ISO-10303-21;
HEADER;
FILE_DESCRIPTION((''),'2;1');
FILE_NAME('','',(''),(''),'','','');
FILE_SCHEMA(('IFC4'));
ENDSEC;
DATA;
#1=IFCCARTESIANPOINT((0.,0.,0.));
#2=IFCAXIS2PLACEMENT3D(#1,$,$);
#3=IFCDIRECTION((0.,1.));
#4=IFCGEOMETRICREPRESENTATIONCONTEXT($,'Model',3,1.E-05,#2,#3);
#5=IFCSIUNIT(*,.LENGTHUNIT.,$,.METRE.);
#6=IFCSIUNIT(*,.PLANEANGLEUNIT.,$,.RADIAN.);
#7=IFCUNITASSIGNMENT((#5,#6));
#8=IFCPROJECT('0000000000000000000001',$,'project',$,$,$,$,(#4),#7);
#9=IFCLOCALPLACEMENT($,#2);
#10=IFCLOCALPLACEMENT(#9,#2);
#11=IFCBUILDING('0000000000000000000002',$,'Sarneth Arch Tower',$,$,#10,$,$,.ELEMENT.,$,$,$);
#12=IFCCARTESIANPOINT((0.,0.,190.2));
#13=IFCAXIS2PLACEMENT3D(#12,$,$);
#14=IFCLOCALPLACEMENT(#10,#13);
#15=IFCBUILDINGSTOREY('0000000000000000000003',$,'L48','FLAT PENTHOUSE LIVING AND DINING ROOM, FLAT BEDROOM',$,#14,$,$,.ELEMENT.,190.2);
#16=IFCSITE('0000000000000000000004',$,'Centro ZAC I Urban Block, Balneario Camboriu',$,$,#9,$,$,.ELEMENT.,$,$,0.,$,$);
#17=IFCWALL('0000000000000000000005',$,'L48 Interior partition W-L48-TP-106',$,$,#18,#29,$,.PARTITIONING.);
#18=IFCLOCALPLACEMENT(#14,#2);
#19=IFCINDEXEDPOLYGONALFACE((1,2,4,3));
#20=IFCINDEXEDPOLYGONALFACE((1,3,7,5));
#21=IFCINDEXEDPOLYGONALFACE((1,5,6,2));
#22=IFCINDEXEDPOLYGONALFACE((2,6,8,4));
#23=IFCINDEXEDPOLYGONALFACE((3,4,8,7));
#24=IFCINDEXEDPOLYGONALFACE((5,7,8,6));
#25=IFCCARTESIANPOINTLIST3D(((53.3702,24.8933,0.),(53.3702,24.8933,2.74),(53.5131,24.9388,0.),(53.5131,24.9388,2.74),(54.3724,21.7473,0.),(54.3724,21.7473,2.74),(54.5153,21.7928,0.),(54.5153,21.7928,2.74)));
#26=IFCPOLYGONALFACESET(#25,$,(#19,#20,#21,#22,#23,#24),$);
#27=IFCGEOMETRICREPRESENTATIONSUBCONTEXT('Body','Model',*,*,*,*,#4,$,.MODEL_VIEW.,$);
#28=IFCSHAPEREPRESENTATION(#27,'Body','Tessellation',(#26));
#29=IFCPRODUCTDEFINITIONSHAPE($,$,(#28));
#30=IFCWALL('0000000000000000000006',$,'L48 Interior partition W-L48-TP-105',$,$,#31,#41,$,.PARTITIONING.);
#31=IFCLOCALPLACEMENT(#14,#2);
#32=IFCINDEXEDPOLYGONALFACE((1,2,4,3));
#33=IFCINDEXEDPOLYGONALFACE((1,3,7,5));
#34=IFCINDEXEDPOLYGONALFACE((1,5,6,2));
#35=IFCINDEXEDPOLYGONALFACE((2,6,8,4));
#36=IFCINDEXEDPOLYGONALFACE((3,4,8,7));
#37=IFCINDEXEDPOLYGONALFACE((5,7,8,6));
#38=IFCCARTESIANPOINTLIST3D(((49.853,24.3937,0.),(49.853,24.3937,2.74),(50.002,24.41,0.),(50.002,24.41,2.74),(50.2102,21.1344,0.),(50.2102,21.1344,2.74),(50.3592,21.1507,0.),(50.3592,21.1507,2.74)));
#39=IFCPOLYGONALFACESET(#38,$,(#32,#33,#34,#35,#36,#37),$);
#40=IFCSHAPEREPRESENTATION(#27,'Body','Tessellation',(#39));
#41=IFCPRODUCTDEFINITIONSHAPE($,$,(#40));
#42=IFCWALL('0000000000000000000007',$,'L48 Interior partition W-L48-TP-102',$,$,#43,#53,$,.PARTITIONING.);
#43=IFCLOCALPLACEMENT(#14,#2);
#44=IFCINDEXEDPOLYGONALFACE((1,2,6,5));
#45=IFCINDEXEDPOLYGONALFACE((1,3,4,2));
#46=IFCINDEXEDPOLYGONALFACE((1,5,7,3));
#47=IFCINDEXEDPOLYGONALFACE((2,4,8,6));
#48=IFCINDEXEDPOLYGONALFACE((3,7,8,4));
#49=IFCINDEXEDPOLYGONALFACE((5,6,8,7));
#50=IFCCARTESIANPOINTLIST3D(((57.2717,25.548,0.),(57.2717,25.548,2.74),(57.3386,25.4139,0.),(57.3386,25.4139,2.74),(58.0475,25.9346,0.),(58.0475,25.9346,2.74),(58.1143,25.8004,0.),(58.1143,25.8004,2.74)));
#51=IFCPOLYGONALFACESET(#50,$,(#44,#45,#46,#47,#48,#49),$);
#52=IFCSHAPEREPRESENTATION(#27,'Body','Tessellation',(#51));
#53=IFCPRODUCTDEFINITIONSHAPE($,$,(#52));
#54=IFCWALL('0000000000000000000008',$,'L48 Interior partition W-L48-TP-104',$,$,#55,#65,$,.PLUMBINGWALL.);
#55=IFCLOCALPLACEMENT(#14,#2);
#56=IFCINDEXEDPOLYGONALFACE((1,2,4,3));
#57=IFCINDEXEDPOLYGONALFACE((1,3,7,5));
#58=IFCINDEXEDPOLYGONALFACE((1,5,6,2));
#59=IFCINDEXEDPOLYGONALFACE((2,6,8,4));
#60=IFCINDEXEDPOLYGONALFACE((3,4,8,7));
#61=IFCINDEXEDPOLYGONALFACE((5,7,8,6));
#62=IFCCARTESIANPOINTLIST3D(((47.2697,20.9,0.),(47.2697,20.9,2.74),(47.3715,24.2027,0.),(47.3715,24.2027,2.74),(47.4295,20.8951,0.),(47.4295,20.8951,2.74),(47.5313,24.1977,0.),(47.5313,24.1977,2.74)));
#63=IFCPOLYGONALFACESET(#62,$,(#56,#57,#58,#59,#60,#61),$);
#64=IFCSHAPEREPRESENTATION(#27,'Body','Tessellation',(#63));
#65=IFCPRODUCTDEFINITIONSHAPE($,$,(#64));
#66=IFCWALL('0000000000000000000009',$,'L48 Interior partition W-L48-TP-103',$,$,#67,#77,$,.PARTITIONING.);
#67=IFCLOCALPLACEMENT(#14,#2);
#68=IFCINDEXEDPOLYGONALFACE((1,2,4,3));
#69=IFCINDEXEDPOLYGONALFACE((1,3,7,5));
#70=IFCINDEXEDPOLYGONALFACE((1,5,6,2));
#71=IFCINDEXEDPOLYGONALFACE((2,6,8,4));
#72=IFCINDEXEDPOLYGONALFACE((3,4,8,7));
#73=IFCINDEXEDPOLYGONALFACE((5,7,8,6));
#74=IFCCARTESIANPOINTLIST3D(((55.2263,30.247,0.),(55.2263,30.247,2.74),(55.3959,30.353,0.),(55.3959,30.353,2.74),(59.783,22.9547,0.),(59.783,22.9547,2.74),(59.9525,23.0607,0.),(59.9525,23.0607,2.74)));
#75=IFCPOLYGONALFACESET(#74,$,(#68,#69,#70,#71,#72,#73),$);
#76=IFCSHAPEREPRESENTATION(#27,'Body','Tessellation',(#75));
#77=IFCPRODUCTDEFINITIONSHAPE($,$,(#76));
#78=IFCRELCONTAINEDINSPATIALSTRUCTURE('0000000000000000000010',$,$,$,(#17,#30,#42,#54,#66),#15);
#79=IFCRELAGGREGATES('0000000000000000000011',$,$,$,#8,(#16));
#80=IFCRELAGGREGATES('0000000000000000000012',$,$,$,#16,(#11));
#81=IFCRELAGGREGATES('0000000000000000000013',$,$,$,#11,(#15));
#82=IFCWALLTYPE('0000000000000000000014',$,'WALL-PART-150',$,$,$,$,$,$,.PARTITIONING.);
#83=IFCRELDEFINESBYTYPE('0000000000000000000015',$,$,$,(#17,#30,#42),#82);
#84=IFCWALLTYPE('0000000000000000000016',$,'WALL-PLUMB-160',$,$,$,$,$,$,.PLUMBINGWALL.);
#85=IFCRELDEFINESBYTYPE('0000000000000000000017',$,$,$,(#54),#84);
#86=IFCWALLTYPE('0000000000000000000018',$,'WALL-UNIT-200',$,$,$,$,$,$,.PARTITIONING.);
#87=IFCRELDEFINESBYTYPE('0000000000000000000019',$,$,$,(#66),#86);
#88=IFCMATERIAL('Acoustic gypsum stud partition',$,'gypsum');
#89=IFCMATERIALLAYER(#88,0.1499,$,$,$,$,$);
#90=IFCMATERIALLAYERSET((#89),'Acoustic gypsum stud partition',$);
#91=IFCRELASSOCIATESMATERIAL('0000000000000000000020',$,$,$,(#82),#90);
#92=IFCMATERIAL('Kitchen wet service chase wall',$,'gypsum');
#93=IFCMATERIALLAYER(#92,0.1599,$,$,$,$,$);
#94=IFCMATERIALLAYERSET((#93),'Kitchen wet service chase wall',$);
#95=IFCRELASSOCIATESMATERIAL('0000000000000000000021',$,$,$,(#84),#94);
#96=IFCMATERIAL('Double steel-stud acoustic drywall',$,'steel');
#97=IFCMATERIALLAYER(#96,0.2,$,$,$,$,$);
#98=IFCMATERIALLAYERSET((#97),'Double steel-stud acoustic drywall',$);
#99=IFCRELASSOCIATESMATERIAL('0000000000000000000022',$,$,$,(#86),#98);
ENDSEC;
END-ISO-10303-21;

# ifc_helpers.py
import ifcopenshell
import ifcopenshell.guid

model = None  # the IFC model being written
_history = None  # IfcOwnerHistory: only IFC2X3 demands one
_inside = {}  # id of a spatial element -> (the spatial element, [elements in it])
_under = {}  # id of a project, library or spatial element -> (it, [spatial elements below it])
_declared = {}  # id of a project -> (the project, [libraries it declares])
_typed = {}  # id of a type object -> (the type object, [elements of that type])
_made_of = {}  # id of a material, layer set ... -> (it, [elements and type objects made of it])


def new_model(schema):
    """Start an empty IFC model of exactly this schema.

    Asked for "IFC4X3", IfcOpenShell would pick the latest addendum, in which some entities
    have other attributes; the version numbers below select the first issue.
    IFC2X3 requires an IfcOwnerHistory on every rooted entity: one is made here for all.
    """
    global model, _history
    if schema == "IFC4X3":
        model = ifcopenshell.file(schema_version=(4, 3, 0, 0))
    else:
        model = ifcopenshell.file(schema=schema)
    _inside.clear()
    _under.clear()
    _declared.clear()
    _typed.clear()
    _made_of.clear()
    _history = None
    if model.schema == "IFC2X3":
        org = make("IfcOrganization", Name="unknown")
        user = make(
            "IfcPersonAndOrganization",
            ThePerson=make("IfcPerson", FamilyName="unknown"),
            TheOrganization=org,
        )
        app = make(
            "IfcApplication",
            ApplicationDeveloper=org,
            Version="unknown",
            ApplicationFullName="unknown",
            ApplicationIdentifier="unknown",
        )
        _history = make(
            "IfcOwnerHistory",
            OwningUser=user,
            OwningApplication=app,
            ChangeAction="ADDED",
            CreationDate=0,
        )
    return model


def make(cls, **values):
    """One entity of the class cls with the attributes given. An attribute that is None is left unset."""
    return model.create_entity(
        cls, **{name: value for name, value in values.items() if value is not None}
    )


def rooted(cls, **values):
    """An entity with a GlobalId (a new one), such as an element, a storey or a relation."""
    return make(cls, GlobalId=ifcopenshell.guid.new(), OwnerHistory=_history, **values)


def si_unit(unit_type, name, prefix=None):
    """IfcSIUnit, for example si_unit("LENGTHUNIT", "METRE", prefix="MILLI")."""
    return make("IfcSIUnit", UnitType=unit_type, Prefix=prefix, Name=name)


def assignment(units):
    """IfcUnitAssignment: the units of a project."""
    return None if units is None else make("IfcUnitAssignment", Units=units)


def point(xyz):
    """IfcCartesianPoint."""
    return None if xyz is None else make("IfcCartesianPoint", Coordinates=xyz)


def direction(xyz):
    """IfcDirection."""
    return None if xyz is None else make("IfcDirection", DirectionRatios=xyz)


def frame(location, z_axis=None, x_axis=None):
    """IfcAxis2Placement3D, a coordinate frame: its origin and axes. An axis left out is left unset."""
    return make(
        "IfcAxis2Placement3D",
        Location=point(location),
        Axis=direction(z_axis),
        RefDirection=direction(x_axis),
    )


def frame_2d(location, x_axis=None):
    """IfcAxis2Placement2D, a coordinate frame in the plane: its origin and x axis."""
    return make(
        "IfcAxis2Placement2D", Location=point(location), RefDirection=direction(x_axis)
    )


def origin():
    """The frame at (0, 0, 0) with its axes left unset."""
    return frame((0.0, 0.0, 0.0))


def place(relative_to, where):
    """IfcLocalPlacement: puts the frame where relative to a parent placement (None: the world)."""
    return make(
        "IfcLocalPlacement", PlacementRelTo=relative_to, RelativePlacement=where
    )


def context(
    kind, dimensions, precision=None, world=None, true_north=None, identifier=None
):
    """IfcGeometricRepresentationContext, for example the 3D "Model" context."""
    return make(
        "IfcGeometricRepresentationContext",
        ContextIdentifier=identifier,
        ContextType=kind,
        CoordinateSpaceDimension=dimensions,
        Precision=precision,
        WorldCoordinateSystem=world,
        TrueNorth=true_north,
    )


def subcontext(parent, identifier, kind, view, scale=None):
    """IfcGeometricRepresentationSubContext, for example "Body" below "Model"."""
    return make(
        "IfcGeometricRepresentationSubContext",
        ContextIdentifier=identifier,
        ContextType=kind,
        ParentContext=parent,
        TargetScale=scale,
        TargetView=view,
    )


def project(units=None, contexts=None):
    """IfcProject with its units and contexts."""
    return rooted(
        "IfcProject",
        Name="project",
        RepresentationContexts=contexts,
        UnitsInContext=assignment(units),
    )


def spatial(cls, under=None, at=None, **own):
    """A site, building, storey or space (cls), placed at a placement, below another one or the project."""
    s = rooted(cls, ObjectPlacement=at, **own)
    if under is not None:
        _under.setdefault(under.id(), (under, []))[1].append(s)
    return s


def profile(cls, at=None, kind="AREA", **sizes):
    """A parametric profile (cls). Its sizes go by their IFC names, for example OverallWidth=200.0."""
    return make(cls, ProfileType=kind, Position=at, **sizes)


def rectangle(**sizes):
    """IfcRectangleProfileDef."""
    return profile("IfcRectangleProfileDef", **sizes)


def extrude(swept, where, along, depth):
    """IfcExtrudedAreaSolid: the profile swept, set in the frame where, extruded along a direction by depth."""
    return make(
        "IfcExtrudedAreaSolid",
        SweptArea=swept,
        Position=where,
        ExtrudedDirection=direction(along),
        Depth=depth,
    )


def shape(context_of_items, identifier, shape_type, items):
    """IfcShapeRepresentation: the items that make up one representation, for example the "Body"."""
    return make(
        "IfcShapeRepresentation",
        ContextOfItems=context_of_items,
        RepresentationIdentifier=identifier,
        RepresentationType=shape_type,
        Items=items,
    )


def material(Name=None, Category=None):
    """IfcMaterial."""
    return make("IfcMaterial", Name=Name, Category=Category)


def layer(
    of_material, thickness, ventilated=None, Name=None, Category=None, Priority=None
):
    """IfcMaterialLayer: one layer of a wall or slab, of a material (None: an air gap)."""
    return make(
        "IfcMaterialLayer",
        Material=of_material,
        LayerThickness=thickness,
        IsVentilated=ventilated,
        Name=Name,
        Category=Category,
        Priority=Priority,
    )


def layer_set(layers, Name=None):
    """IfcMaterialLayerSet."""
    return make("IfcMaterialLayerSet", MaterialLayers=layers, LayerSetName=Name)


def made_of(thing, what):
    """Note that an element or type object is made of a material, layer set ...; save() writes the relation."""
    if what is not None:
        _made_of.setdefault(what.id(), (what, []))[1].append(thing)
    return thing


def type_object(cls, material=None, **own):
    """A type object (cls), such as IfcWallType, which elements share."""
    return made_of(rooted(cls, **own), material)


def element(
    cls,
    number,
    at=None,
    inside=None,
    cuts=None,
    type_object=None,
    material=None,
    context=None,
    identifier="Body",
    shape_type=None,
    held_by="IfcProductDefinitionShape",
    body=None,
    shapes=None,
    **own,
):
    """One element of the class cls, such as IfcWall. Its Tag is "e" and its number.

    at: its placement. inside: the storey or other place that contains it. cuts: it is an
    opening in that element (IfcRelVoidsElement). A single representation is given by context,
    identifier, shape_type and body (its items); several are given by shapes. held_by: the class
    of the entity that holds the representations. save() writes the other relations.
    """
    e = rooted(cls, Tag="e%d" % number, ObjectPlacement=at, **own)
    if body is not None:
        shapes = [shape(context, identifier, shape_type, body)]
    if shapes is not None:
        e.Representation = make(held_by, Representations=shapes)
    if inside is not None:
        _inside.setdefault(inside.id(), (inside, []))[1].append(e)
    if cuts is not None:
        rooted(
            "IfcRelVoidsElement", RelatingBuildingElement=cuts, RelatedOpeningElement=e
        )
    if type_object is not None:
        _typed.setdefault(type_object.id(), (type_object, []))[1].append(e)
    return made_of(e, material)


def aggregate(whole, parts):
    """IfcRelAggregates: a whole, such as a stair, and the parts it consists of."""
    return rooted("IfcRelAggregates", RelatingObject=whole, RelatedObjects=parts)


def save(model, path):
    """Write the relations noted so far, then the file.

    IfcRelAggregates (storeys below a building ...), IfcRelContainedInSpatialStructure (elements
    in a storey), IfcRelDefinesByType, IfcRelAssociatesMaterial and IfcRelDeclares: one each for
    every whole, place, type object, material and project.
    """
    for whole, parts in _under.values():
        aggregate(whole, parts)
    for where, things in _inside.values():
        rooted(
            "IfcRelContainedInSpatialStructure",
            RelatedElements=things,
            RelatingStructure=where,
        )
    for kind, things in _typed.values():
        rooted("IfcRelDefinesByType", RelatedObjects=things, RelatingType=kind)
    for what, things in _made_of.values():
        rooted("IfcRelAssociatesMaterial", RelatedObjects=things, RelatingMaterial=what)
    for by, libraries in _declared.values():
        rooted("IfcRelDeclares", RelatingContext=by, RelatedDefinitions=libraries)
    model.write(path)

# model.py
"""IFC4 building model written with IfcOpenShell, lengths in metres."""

from ifc_helpers import new_model, si_unit, direction, frame, frame_2d, origin, place, context, subcontext, project, spatial, rectangle, extrude, material, layer, layer_set, type_object, element, save


model = new_model("IFC4")

# Units and contexts
model_context = context("Model", 3, precision=1e-05, world=origin(), true_north=direction((0.0, 1.0)))
body_context = subcontext(model_context, "Body", "Model", "MODEL_VIEW")
ifc_project = project(units=[si_unit("LENGTHUNIT", "METRE"), si_unit("PLANEANGLEUNIT", "RADIAN")], contexts=[model_context])

# Site, building, storey
site_placement = place(None, origin())
site = spatial("IfcSite", under=ifc_project, at=site_placement, Name="Centro ZAC I Urban Block, Balneario Camboriu", CompositionType="ELEMENT", RefElevation=0.0)
building_placement = place(site_placement, origin())
building = spatial("IfcBuilding", under=site, at=building_placement, Name="Sarneth Arch Tower", CompositionType="ELEMENT")
storey_placement = place(building_placement, frame((0.0, 0.0, 190.2)))
storey = spatial("IfcBuildingStorey", under=building, at=storey_placement, Name="L48", Description="FLAT PENTHOUSE LIVING AND DINING ROOM, FLAT BEDROOM", CompositionType="ELEMENT", Elevation=190.2)

# Shared definitions
ifc_material_1 = material(Name="Acoustic gypsum stud partition", Category="gypsum")
ifc_layer_1 = layer(ifc_material_1, 0.1499)
ifc_layer_set_1 = layer_set([ifc_layer_1], Name="Acoustic gypsum stud partition")
wall_type_1 = type_object("IfcWallType", Name="WALL-PART-150", PredefinedType="PARTITIONING", material=ifc_layer_set_1)

# Walls
wall_1_placement = place(storey_placement, frame((53.4417, 24.916, 0.0), z_axis=(0.0, 0.0, 1.0), x_axis=(0.303533, -0.952821, 0.0)))
element("IfcWall", 1, at=wall_1_placement, inside=storey, type_object=wall_type_1, Name="L48 Interior partition W-L48-TP-106", PredefinedType="PARTITIONING", context=body_context, shape_type="SweptSolid", body=[
    extrude(rectangle(XDim=3.3018, YDim=0.1499, at=frame_2d((1.6509, 0.0))), origin(), (0.0, 0.0, 1.0), 2.74),
])
wall_2_placement = place(storey_placement, frame((50.2847, 21.1426, 0.0), z_axis=(0.0, 0.0, 1.0), x_axis=(-0.108936, 0.994049, 0.0)))
element("IfcWall", 2, at=wall_2_placement, inside=storey, type_object=wall_type_1, Name="L48 Interior partition W-L48-TP-105", PredefinedType="PARTITIONING", context=body_context, shape_type="SweptSolid", body=[
    extrude(rectangle(XDim=3.2788, YDim=0.1499, at=frame_2d((1.6394, 0.0))), origin(), (0.0, 0.0, 1.0), 2.74),
])
wall_3_placement = place(storey_placement, frame((57.3052, 25.481, 0.0), z_axis=(0.0, 0.0, 1.0), x_axis=(0.895046, 0.445974, 0.0)))
element("IfcWall", 3, at=wall_3_placement, inside=storey, type_object=wall_type_1, Name="L48 Interior partition W-L48-TP-102", PredefinedType="PARTITIONING", context=body_context, shape_type="SweptSolid", body=[
    extrude(rectangle(XDim=0.8667, YDim=0.1499, at=frame_2d((0.4333, 0.0))), origin(), (0.0, 0.0, 1.0), 2.74),
])
ifc_material_2 = material(Name="Kitchen wet service chase wall", Category="gypsum")
ifc_layer_2 = layer(ifc_material_2, 0.1599)
ifc_layer_set_2 = layer_set([ifc_layer_2], Name="Kitchen wet service chase wall")
wall_type_2 = type_object("IfcWallType", Name="WALL-PLUMB-160", PredefinedType="PLUMBINGWALL", material=ifc_layer_set_2)
wall_4_placement = place(storey_placement, frame((47.4514, 24.2002, 0.0), z_axis=(0.0, 0.0, 1.0), x_axis=(-0.03081, -0.999525, 0.0)))
element("IfcWall", 4, at=wall_4_placement, inside=storey, type_object=wall_type_2, Name="L48 Interior partition W-L48-TP-104", PredefinedType="PLUMBINGWALL", context=body_context, shape_type="SweptSolid", body=[
    extrude(rectangle(XDim=3.3042, YDim=0.1599, at=frame_2d((1.6521, 0.0))), origin(), (0.0, 0.0, 1.0), 2.74),
])
ifc_material_3 = material(Name="Double steel-stud acoustic drywall", Category="steel")
ifc_layer_3 = layer(ifc_material_3, 0.2)
ifc_layer_set_3 = layer_set([ifc_layer_3], Name="Double steel-stud acoustic drywall")
wall_type_3 = type_object("IfcWallType", Name="WALL-UNIT-200", PredefinedType="PARTITIONING", material=ifc_layer_set_3)
wall_5_placement = place(storey_placement, frame((59.8677, 23.0078, 0.0), z_axis=(0.0, 0.0, 1.0), x_axis=(-0.529915, 0.848051, 0.0)))
element("IfcWall", 5, at=wall_5_placement, inside=storey, type_object=wall_type_3, Name="L48 Interior partition W-L48-TP-103", PredefinedType="PARTITIONING", context=body_context, shape_type="SweptSolid", body=[
    extrude(rectangle(XDim=8.5989, YDim=0.2, at=frame_2d((4.2993, 0.0))), origin(), (0.0, 0.0, 1.0), 2.74),
])

save(model, "model.ifc")
